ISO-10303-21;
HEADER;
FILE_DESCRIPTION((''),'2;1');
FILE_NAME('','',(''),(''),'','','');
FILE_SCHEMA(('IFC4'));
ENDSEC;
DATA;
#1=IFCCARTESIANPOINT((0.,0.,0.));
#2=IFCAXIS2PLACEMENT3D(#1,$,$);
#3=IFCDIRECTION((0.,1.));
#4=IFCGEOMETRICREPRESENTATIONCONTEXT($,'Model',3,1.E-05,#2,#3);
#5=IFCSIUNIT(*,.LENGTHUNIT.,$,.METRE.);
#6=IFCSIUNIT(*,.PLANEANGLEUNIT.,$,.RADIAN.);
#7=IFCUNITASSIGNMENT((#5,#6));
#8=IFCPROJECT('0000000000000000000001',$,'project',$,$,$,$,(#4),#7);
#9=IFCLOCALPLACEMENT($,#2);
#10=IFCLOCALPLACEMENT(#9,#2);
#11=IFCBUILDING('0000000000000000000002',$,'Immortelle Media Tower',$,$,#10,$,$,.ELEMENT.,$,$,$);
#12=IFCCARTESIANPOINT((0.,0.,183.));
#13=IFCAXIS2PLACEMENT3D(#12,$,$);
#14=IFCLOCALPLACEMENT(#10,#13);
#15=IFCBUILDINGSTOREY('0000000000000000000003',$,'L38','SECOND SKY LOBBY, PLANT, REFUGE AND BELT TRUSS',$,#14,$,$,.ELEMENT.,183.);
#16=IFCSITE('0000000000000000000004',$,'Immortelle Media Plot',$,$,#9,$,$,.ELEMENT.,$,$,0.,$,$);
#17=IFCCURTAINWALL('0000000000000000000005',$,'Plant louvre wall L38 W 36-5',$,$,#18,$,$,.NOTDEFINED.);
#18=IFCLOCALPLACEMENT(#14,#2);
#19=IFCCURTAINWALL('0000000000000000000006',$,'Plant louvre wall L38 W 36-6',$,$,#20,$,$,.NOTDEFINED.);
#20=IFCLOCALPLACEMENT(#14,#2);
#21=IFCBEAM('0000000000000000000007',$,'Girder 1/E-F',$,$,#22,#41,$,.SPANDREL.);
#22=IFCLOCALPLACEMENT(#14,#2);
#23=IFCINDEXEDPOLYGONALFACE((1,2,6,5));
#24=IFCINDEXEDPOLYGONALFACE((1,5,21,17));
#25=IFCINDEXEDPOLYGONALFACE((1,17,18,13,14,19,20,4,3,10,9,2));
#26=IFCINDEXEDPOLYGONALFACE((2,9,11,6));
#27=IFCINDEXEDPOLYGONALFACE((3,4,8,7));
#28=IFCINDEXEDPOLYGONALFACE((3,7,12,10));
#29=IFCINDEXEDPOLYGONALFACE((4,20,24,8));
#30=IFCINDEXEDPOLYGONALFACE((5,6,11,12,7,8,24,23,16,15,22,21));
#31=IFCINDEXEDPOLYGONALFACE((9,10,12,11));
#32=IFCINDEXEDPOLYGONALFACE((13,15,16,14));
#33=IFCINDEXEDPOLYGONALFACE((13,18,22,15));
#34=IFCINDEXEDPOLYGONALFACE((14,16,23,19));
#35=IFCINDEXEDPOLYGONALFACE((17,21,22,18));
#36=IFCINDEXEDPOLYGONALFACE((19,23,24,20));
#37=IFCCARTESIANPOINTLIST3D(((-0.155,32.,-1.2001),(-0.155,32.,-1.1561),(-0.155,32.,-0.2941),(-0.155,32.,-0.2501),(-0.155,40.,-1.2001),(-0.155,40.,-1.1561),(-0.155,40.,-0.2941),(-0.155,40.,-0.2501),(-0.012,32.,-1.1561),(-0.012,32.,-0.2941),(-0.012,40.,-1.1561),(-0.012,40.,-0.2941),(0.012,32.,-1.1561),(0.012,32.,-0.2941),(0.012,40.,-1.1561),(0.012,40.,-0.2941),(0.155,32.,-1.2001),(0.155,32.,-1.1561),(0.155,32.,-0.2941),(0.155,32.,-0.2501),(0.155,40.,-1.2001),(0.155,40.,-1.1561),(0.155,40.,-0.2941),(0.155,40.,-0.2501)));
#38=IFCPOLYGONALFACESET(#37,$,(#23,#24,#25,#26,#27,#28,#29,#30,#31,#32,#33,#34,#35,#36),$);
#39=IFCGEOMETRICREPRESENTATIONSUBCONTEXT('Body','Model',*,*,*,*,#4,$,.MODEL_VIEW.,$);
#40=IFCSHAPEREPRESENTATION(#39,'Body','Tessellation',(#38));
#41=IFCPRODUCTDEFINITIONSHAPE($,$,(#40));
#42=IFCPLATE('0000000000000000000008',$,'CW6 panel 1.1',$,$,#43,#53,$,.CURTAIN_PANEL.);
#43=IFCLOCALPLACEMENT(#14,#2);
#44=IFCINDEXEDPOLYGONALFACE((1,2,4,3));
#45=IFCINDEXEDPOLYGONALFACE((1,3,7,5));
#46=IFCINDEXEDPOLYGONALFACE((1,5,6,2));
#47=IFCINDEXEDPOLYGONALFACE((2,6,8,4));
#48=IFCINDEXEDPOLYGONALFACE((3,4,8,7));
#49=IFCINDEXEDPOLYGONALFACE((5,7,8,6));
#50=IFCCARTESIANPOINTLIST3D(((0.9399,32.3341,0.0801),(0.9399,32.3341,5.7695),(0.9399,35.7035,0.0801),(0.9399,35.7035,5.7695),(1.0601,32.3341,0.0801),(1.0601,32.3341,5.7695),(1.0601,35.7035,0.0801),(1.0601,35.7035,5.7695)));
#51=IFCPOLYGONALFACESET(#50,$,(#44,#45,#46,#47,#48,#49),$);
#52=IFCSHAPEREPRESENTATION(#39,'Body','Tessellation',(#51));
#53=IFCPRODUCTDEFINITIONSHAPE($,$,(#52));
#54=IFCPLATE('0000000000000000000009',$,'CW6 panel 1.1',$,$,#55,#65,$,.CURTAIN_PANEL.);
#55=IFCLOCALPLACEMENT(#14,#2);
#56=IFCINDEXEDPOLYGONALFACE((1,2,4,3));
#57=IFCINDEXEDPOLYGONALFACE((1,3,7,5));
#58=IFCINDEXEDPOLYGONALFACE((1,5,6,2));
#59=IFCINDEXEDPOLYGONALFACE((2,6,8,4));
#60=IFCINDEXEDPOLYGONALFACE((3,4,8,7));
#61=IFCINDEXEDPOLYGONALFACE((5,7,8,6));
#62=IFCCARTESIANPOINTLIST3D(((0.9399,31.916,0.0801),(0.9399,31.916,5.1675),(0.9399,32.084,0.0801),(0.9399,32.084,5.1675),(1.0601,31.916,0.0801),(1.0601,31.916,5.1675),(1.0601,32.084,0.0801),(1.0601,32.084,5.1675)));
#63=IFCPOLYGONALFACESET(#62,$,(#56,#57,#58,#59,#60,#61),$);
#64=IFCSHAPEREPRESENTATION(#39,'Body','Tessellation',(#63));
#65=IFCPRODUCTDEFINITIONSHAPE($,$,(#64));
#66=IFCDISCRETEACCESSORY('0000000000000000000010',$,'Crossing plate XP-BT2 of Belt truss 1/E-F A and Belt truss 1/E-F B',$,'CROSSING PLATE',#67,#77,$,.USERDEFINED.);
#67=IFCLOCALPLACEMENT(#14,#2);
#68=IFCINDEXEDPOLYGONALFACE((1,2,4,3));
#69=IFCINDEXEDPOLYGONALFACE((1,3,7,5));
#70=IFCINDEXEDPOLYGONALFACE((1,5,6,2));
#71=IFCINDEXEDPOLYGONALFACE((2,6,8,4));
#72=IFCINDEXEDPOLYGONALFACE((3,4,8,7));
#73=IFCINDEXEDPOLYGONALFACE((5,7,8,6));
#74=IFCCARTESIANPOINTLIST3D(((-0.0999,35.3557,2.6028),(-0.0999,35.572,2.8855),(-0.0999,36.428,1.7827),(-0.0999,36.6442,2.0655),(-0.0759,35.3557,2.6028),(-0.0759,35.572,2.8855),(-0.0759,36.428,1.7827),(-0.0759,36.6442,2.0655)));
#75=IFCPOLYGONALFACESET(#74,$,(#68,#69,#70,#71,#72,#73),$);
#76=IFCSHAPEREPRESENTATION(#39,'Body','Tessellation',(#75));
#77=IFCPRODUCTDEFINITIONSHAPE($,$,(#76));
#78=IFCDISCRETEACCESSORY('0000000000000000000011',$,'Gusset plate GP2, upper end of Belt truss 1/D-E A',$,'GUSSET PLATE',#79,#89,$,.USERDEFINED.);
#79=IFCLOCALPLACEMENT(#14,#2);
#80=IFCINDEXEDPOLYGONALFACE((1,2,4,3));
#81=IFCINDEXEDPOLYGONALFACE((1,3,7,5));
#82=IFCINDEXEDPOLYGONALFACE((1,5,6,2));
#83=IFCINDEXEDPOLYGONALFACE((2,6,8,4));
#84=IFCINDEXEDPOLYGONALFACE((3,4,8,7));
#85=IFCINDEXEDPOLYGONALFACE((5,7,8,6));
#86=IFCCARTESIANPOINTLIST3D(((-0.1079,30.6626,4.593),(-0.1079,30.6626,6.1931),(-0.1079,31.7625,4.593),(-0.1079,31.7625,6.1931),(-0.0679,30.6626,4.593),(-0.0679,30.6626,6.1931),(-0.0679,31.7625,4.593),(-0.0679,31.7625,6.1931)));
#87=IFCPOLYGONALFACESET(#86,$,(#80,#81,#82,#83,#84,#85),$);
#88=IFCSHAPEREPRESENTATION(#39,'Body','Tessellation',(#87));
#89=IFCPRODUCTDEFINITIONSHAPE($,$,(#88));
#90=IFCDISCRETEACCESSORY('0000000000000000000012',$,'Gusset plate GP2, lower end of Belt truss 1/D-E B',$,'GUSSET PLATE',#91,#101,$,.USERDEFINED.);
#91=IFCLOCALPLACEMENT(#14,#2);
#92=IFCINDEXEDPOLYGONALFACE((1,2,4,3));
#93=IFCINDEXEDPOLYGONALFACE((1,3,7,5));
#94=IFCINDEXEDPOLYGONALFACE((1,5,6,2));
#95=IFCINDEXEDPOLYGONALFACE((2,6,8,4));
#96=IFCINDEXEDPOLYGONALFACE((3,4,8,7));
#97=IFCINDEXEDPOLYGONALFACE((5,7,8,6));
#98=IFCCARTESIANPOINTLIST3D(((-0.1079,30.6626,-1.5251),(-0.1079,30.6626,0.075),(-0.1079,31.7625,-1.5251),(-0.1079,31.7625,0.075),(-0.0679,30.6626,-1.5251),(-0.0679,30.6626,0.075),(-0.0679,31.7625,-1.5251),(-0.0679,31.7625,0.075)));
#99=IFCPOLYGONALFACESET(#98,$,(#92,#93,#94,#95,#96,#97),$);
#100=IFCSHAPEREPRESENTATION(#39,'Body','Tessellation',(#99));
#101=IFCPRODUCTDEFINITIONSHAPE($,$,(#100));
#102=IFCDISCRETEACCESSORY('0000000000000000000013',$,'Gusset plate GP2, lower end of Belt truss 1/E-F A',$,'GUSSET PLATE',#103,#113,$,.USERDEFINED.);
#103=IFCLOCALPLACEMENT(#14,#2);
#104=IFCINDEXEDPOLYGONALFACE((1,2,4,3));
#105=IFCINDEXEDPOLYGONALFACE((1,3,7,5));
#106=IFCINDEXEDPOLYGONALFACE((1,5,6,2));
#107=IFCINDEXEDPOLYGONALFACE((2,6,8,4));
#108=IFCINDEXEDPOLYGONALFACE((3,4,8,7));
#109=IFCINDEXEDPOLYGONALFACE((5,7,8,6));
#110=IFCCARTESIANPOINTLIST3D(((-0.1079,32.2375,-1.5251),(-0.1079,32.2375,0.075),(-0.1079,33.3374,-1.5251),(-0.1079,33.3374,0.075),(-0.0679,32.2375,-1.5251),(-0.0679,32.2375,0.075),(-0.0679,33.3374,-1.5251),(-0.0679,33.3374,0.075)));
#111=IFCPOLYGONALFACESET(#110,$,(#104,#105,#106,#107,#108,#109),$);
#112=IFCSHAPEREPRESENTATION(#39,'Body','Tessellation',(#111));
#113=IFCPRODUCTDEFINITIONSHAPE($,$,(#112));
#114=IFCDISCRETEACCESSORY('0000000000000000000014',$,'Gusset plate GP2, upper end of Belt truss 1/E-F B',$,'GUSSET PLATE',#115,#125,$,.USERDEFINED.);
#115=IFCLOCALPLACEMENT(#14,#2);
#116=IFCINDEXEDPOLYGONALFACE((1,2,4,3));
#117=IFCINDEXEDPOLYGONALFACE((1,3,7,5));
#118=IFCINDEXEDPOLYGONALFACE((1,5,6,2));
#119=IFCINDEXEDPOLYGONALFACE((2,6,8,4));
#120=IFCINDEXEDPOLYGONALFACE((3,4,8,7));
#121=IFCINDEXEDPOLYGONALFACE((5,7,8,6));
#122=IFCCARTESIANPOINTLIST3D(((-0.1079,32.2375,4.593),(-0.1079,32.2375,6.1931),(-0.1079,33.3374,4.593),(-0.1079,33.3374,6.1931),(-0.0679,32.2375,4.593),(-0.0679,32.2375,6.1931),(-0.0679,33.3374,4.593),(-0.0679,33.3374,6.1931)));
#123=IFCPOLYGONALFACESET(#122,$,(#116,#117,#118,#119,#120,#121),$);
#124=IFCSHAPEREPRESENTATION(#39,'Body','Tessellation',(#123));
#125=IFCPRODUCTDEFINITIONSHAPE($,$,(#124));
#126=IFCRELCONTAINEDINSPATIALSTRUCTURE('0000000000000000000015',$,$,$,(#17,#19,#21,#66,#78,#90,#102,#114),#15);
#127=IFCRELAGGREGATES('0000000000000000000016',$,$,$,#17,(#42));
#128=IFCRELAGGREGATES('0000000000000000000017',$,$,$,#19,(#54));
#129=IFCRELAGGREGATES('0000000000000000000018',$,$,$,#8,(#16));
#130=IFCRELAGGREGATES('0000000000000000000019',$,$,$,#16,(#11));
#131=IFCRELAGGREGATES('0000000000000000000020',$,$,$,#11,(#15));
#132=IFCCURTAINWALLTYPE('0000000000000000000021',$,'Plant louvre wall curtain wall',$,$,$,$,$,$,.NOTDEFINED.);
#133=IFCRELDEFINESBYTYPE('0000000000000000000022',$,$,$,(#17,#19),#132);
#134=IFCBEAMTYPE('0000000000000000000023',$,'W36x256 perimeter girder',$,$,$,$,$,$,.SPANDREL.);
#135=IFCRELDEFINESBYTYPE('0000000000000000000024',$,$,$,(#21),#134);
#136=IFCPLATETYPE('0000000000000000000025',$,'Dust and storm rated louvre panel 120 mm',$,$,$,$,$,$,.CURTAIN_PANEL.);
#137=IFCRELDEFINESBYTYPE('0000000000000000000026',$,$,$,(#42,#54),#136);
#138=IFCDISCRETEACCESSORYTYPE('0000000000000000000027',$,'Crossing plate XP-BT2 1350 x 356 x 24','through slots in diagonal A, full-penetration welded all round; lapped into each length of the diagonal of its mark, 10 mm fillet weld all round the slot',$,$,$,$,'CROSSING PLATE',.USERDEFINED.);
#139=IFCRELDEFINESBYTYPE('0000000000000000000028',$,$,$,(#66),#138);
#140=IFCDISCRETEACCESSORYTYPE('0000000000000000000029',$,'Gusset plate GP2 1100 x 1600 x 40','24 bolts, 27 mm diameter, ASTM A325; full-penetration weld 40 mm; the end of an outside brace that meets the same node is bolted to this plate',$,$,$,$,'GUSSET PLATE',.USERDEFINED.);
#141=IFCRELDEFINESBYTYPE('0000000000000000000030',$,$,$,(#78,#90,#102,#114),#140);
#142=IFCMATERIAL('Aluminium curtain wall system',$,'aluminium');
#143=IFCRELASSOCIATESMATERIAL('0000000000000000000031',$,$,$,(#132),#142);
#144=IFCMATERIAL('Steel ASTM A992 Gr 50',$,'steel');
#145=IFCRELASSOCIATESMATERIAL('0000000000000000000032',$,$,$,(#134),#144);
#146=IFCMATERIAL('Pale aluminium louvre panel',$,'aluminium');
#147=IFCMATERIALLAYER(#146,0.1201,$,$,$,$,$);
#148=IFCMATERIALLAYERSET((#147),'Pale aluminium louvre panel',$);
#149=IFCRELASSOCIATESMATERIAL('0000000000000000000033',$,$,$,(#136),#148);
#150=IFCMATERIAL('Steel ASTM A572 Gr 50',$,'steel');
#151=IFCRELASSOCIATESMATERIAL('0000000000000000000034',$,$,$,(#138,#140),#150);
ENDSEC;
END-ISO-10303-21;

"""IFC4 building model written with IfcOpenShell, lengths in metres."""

from ifc_helpers import new_model, si_unit, direction, frame, origin, origin_2d, place, context, subcontext, project, spatial, rectangle, i_section, extrude, material, layer, layer_set, material_profile, profile_set, type_object, element, aggregate, save


model = new_model("IFC4")

# Units and contexts
model_context = context("Model", 3, precision=1e-05, world=origin(), true_north=direction((0.0, 1.0)))
body_context = subcontext(model_context, "Body", "Model", "MODEL_VIEW")
ifc_project = project(units=[si_unit("LENGTHUNIT", "METRE"), si_unit("PLANEANGLEUNIT", "RADIAN")], contexts=[model_context])

# Site, building, storey
site_placement = place(None, origin())
site = spatial("IfcSite", under=ifc_project, at=site_placement, Name="Immortelle Media Plot", CompositionType="ELEMENT", RefElevation=0.0)
building_placement = place(site_placement, origin())
building = spatial("IfcBuilding", under=site, at=building_placement, Name="Immortelle Media Tower", CompositionType="ELEMENT")
storey_placement = place(building_placement, frame((0.0, 0.0, 183.0)))
storey = spatial("IfcBuildingStorey", under=building, at=storey_placement, Name="L38", Description="SECOND SKY LOBBY, PLANT, REFUGE AND BELT TRUSS", CompositionType="ELEMENT", Elevation=183.0)

# Shared definitions
ifc_material_1 = material(Name="Steel ASTM A992 Gr 50", Category="steel")

# Curtain wall
ifc_material_2 = material(Name="Aluminium curtain wall system", Category="aluminium")
curtain_wall_type = type_object("IfcCurtainWallType", Name="Plant louvre wall curtain wall", PredefinedType="NOTDEFINED", material=ifc_material_2)
curtain_wall_1_placement = place(storey_placement, origin())
curtain_wall_1 = element("IfcCurtainWall", 1, at=curtain_wall_1_placement, inside=storey, type_object=curtain_wall_type, Name="Plant louvre wall L38 W 36-5", PredefinedType="NOTDEFINED")

# Curtain wall
curtain_wall_2_placement = place(storey_placement, origin())
curtain_wall_2 = element("IfcCurtainWall", 2, at=curtain_wall_2_placement, inside=storey, type_object=curtain_wall_type, Name="Plant louvre wall L38 W 36-6", PredefinedType="NOTDEFINED")

# Beam
ifc_material_profile_1 = material_profile(ifc_material_1, i_section(OverallWidth=0.3101, OverallDepth=0.95, WebThickness=0.0239, FlangeThickness=0.0439, at=origin_2d()), Name="W36x256")
ifc_profile_set_1 = profile_set([ifc_material_profile_1], Name="Steel ASTM A992 Gr 50")
beam_type_1 = type_object("IfcBeamType", Name="W36x256 perimeter girder", PredefinedType="SPANDREL", material=ifc_profile_set_1)
beam_1_placement = place(storey_placement, frame((0.0, 32.0, -0.7251), z_axis=(0.0, 1.0, 0.0), x_axis=(-1.0, 0.0, 0.0)))
element("IfcBeam", 3, at=beam_1_placement, inside=storey, type_object=beam_type_1, Name="Girder 1/E-F", PredefinedType="SPANDREL", context=body_context, shape_type="SweptSolid", body=[
    extrude(i_section(OverallWidth=0.3101, OverallDepth=0.95, WebThickness=0.0239, FlangeThickness=0.0439, at=origin_2d()), origin(), (0.0, 0.0, 1.0), 8.0),
])

# Plates
ifc_material_3 = material(Name="Pale aluminium louvre panel", Category="aluminium")
ifc_layer = layer(ifc_material_3, 0.1201)
ifc_layer_set = layer_set([ifc_layer], Name="Pale aluminium louvre panel")
plate_type = type_object("IfcPlateType", Name="Dust and storm rated louvre panel 120 mm", PredefinedType="CURTAIN_PANEL", material=ifc_layer_set)
plate_1_placement = place(storey_placement, frame((1.0, 34.0188, 0.0801), z_axis=(0.0, 0.0, 1.0), x_axis=(0.0, -1.0, 0.0)))
plate_1 = element("IfcPlate", 4, at=plate_1_placement, type_object=plate_type, Name="CW6 panel 1.1", PredefinedType="CURTAIN_PANEL", context=body_context, shape_type="SweptSolid", body=[
    extrude(rectangle(XDim=3.3694, YDim=0.1201, at=origin_2d()), origin(), (0.0, 0.0, 1.0), 5.6895),
])
aggregate(curtain_wall_1, [plate_1])
plate_2_placement = place(storey_placement, frame((1.0, 32.0, 0.0801), z_axis=(0.0, 0.0, 1.0), x_axis=(0.0, -1.0, 0.0)))
plate_2 = element("IfcPlate", 5, at=plate_2_placement, type_object=plate_type, Name="CW6 panel 1.1", PredefinedType="CURTAIN_PANEL", context=body_context, shape_type="SweptSolid", body=[
    extrude(rectangle(XDim=0.168, YDim=0.1201, at=origin_2d()), origin(), (0.0, 0.0, 1.0), 5.0874),
])
aggregate(curtain_wall_2, [plate_2])

# Discrete accessories
ifc_material_4 = material(Name="Steel ASTM A572 Gr 50", Category="steel")
ifc_material_profile_2 = material_profile(ifc_material_4, rectangle(XDim=0.0239, YDim=0.356, at=origin_2d()), Name="PL 24 x 356")
ifc_profile_set_2 = profile_set([ifc_material_profile_2], Name="Steel ASTM A572 Gr 50")
discrete_accessory_type_1 = type_object("IfcDiscreteAccessoryType", Name="Crossing plate XP-BT2 1350 x 356 x 24", Description="through slots in diagonal A, full-penetration welded all round; lapped into each length of the diagonal of its mark, 10 mm fillet weld all round the slot", ElementType="CROSSING PLATE", PredefinedType="USERDEFINED", material=ifc_profile_set_2)
discrete_accessory_placement = place(storey_placement, frame((-0.0879, 35.4639, 2.7441), z_axis=(0.0, 0.794322, -0.607497), x_axis=(-1.0, 0.0, 0.0)))
element("IfcDiscreteAccessory", 6, at=discrete_accessory_placement, inside=storey, type_object=discrete_accessory_type_1, Name="Crossing plate XP-BT2 of Belt truss 1/E-F A and Belt truss 1/E-F B", ObjectType="CROSSING PLATE", PredefinedType="USERDEFINED", context=body_context, shape_type="SweptSolid", body=[
    extrude(rectangle(XDim=0.0239, YDim=0.356, at=origin_2d()), origin(), (0.0, 0.0, 1.0), 1.3499),
])
ifc_material_profile_3 = material_profile(ifc_material_4, rectangle(XDim=0.04, YDim=1.6001, at=origin_2d()), Name="PL 40 x 1600")
ifc_profile_set_3 = profile_set([ifc_material_profile_3], Name="Steel ASTM A572 Gr 50")
discrete_accessory_type_2 = type_object("IfcDiscreteAccessoryType", Name="Gusset plate GP2 1100 x 1600 x 40", Description="24 bolts, 27 mm diameter, ASTM A325; full-penetration weld 40 mm; the end of an outside brace that meets the same node is bolted to this plate", ElementType="GUSSET PLATE", PredefinedType="USERDEFINED", material=ifc_profile_set_3)
for number, where, z_axis, x_axis, name in (
    (7, (-0.0879, 31.7625, 5.3931), (0.0, -1.0, 0.0), (1.0, 0.0, 0.0), "Gusset plate GP2, upper end of Belt truss 1/D-E A"),
    (8, (-0.0879, 31.7625, -0.7251), (0.0, -1.0, 0.0), (1.0, 0.0, 0.0), "Gusset plate GP2, lower end of Belt truss 1/D-E B"),
    (9, (-0.0879, 32.2375, -0.7251), (0.0, 1.0, 0.0), (-1.0, 0.0, 0.0), "Gusset plate GP2, lower end of Belt truss 1/E-F A"),
    (10, (-0.0879, 32.2375, 5.3931), (0.0, 1.0, 0.0), (-1.0, 0.0, 0.0), "Gusset plate GP2, upper end of Belt truss 1/E-F B"),
):
    element("IfcDiscreteAccessory", number, at=place(storey_placement, frame(where, z_axis=z_axis, x_axis=x_axis)), inside=storey, type_object=discrete_accessory_type_2, Name=name, ObjectType="GUSSET PLATE", PredefinedType="USERDEFINED", context=body_context, shape_type="SweptSolid", body=[
        extrude(rectangle(XDim=0.04, YDim=1.6001, at=origin_2d()), origin(), (0.0, 0.0, 1.0), 1.0999),
    ])

save(model, "model.ifc")
